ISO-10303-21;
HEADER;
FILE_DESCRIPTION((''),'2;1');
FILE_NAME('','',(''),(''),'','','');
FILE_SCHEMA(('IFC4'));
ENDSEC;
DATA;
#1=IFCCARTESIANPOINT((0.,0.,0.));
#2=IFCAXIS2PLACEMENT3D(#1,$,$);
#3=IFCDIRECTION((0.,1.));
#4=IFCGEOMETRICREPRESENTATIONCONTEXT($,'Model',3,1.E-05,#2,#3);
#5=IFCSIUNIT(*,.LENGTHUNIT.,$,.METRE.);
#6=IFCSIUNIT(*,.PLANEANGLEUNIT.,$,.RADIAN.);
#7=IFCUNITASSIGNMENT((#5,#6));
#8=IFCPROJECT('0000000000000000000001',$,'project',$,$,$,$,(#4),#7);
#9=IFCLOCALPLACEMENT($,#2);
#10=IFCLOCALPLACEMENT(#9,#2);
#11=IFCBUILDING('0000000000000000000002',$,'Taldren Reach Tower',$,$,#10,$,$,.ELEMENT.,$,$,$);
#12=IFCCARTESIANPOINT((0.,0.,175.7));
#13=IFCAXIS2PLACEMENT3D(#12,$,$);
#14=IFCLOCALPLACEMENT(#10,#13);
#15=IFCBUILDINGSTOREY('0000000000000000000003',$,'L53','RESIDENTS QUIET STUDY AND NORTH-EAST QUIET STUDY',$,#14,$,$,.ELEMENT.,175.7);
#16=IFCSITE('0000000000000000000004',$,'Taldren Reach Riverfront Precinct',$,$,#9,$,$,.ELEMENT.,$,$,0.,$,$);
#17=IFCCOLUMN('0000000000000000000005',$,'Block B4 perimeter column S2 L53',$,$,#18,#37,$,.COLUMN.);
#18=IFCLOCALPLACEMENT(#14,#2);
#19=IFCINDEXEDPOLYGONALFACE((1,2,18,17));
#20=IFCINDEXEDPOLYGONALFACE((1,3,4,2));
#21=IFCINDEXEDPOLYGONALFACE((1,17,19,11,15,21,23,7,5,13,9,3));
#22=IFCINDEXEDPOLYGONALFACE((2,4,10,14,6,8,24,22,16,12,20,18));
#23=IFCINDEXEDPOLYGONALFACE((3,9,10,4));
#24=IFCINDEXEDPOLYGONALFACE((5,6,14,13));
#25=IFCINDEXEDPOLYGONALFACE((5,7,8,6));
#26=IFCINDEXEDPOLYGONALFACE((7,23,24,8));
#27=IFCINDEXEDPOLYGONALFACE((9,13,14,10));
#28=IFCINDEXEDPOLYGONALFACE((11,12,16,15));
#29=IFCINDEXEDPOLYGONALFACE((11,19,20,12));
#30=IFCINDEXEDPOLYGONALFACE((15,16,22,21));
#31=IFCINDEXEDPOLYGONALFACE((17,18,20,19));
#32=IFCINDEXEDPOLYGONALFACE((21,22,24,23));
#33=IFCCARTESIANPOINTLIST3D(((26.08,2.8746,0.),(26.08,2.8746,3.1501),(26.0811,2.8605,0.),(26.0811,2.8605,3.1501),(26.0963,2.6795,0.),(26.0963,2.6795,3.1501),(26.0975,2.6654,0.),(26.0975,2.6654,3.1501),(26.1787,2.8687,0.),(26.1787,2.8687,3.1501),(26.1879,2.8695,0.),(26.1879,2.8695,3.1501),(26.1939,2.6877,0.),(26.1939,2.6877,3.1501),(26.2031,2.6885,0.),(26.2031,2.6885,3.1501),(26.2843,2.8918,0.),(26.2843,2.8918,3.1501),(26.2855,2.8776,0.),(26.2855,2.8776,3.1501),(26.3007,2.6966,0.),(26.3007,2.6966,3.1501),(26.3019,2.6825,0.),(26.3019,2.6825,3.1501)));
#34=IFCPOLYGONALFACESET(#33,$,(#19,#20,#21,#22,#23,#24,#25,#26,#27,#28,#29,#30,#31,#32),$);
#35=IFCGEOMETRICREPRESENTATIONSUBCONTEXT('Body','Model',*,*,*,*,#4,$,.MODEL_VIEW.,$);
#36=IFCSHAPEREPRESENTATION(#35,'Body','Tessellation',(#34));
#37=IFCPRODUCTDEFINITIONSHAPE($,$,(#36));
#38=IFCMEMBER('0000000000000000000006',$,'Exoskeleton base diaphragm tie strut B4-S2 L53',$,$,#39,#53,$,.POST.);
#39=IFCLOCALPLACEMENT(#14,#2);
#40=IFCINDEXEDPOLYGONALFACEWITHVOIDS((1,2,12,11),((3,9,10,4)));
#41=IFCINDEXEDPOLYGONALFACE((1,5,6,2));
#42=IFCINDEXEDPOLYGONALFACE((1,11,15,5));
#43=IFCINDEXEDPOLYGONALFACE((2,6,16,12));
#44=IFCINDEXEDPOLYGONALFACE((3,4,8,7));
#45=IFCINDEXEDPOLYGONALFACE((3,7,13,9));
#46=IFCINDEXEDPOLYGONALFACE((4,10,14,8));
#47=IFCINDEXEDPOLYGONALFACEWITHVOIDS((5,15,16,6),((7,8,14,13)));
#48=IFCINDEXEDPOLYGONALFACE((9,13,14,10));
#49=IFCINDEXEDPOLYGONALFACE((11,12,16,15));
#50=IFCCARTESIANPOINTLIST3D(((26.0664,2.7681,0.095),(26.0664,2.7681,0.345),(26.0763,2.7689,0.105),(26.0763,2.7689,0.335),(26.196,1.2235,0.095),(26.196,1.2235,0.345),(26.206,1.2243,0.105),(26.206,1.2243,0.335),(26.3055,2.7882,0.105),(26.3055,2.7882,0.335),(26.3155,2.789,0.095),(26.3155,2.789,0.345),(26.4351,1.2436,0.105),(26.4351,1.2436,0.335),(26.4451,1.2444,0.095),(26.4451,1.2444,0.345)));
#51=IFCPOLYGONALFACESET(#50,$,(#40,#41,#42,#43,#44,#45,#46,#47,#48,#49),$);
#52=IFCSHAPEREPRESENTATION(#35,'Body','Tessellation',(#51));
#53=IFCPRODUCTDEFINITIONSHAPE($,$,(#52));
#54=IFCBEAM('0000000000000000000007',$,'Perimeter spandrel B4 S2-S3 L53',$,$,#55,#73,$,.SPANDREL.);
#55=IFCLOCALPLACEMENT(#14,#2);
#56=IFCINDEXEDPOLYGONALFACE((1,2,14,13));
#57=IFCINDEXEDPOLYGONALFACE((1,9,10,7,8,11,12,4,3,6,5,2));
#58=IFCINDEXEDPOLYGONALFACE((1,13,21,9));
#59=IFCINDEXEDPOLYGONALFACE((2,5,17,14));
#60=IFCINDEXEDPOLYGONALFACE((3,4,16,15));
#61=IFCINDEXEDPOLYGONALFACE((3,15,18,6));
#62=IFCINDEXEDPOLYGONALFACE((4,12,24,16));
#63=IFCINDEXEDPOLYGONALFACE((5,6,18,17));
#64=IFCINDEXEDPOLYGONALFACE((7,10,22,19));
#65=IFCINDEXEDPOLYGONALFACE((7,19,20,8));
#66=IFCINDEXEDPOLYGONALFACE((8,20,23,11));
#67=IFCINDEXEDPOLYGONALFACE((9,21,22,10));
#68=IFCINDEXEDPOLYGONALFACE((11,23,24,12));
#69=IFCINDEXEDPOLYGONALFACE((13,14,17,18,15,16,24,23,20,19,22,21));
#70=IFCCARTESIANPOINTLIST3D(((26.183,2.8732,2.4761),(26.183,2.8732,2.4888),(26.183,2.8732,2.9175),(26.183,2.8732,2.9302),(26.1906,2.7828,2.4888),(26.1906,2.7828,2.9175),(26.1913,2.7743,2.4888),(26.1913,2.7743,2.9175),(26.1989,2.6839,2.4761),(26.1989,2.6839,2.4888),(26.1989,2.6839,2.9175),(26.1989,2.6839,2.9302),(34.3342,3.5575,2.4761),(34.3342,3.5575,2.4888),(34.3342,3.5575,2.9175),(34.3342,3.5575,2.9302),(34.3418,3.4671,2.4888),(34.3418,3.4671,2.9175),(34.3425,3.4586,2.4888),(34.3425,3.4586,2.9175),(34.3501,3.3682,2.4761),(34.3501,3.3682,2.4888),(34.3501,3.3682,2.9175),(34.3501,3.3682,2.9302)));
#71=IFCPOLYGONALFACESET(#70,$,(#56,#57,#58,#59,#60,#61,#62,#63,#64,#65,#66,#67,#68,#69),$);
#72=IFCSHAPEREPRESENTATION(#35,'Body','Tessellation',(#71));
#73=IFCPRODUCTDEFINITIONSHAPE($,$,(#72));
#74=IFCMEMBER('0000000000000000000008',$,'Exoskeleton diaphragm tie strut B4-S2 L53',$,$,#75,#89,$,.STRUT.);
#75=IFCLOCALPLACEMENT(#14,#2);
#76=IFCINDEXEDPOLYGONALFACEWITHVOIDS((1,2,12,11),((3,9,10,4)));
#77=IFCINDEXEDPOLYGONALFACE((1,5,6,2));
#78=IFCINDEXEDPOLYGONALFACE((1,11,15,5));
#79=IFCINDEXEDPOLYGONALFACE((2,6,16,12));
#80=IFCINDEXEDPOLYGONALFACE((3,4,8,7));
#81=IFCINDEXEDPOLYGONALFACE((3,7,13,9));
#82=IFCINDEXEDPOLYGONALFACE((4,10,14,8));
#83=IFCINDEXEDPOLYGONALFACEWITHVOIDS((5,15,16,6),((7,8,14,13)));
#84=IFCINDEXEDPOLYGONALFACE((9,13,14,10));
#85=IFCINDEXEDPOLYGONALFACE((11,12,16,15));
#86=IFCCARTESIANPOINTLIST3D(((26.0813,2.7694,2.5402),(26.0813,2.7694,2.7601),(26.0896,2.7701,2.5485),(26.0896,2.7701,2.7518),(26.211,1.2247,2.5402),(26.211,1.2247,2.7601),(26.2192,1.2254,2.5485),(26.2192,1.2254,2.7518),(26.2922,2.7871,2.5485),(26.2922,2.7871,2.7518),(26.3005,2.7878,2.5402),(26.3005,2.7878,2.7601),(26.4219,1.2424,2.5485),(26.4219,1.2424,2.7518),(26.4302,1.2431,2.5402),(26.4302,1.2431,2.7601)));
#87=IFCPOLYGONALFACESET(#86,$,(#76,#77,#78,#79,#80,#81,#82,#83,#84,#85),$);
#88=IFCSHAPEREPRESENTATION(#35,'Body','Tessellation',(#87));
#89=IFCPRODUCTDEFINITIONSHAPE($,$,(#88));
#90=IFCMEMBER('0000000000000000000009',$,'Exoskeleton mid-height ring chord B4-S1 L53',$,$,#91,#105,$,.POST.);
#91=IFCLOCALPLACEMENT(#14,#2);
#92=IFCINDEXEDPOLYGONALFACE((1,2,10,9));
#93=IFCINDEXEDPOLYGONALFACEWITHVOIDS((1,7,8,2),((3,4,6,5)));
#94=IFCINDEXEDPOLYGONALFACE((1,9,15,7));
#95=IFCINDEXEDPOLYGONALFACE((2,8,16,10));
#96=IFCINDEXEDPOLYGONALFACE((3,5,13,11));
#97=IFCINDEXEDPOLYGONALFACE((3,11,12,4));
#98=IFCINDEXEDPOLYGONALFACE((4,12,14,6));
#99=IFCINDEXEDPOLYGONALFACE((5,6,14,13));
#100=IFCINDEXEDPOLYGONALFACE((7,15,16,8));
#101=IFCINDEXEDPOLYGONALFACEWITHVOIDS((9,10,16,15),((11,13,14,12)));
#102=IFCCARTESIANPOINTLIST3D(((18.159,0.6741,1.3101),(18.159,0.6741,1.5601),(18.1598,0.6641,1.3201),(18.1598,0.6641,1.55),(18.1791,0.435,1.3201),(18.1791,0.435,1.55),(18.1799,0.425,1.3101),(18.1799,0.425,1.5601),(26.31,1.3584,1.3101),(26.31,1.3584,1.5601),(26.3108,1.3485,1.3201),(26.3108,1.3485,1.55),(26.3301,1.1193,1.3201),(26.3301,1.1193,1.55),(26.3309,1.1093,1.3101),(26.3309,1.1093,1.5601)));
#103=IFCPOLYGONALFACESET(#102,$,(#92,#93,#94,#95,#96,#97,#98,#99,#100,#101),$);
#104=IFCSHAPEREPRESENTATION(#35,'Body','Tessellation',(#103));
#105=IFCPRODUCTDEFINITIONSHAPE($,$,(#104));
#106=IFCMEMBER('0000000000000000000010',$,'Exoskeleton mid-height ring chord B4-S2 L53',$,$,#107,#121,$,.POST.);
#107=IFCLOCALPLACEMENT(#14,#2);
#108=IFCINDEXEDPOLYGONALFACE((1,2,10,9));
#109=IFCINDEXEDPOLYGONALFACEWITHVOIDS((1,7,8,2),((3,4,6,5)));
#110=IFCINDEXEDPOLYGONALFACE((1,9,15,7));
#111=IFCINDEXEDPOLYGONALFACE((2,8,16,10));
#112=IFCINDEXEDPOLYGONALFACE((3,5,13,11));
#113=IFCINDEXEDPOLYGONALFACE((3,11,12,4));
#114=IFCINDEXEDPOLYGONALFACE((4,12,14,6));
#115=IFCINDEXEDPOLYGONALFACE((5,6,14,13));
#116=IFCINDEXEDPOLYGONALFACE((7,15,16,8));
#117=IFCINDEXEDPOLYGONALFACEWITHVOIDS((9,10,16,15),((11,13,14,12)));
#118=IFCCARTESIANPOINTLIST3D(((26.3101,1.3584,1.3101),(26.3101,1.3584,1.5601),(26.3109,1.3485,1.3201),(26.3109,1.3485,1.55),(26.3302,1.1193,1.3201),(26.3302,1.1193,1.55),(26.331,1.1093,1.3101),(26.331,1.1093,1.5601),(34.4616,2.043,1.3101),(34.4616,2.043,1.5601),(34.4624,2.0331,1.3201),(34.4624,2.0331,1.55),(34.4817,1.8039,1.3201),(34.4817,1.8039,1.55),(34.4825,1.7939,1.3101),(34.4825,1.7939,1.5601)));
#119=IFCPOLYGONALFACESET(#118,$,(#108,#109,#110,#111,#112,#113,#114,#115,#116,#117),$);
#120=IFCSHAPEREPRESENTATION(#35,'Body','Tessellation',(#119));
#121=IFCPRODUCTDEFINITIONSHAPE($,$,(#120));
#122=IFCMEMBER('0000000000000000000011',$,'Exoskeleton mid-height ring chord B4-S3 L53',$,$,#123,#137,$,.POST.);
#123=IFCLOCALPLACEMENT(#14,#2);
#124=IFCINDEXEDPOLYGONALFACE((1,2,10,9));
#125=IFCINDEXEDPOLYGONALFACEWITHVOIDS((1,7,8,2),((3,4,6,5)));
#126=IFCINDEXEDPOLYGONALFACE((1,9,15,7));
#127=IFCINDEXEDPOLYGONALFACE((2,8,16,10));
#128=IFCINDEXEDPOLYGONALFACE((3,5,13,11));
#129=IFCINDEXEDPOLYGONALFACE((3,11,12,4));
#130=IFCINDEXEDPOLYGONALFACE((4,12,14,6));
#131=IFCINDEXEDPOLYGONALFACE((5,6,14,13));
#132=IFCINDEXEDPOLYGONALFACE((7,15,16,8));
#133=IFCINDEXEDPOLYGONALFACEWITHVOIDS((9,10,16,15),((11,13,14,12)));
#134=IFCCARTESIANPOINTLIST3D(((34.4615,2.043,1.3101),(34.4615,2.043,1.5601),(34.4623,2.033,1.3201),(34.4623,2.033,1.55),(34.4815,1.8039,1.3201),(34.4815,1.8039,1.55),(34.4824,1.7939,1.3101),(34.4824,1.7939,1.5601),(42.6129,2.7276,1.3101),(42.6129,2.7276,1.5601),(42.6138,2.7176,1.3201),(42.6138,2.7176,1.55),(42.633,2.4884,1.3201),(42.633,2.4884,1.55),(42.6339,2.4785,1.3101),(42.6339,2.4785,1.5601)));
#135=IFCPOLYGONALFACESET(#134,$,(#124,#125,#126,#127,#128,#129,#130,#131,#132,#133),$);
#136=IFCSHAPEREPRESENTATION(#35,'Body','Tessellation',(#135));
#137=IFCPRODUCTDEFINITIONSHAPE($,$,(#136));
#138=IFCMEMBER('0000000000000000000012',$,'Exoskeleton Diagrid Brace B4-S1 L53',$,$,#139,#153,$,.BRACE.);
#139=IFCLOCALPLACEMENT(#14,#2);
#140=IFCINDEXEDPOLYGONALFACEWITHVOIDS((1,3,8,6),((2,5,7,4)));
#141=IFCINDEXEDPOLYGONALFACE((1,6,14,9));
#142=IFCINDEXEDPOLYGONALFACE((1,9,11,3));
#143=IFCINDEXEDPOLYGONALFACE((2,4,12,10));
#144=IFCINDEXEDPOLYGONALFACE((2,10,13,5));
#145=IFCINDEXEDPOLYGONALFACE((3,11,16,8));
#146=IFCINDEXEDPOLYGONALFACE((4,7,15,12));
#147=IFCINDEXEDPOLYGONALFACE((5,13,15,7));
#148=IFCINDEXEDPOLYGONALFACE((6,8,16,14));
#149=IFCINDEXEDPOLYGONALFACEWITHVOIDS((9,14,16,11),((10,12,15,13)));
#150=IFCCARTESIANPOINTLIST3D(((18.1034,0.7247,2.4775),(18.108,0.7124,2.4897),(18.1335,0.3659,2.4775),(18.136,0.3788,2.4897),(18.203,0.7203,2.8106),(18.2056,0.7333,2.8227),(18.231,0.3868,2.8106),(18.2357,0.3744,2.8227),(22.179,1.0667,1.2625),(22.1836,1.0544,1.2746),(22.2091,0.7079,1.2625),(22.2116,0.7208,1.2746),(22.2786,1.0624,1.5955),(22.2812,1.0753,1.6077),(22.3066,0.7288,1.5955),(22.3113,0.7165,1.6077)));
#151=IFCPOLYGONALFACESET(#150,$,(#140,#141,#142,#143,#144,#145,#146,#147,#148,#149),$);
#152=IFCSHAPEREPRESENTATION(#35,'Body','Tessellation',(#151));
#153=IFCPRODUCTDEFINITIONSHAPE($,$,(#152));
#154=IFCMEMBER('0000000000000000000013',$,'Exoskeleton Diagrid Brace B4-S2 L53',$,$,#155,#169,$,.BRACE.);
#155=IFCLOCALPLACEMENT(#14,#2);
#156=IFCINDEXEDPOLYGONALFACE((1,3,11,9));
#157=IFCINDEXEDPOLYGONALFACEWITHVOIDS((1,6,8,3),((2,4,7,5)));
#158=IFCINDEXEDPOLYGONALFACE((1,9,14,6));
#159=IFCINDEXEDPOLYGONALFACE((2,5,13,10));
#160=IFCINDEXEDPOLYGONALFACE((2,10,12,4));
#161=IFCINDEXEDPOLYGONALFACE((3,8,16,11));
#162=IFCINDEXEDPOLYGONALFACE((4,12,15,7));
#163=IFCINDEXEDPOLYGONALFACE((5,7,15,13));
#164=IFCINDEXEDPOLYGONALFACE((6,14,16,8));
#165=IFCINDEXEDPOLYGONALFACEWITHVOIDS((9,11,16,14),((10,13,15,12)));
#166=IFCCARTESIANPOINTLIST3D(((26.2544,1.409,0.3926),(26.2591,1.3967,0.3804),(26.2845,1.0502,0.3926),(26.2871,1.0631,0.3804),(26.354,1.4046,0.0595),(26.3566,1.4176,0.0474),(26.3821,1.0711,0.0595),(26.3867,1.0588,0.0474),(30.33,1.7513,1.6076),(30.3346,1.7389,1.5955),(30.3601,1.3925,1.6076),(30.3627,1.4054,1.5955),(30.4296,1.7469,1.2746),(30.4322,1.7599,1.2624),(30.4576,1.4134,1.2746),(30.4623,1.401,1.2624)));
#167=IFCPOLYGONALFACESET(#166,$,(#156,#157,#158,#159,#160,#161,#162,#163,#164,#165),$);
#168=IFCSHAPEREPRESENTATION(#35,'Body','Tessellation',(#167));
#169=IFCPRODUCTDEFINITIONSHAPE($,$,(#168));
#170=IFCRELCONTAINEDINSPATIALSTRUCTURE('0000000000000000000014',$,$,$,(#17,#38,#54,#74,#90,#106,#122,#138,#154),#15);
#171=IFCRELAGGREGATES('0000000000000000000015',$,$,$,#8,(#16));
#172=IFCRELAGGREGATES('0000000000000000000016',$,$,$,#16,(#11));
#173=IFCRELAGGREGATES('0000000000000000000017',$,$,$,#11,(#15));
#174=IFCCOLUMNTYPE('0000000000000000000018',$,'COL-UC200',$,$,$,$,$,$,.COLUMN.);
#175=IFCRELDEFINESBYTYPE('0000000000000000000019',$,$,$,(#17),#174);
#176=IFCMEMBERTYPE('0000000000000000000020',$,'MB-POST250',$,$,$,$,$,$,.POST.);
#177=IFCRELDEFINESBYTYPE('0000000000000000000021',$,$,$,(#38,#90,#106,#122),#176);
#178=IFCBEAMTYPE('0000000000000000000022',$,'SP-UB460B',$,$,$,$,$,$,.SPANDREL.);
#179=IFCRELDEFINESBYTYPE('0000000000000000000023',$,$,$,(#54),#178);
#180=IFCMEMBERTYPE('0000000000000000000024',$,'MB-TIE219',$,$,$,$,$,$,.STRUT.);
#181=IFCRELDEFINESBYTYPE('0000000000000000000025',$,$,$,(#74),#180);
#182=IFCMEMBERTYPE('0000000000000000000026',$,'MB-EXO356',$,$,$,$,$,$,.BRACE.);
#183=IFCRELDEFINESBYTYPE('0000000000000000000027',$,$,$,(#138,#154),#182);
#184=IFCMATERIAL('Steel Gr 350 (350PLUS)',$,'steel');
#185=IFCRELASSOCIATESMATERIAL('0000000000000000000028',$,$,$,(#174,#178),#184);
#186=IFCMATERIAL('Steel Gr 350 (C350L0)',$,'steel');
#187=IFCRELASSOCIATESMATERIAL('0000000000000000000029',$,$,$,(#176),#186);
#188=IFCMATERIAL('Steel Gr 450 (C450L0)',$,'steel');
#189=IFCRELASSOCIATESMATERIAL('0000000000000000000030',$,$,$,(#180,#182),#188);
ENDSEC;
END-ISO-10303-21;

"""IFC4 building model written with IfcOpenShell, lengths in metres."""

from ifc_helpers import new_model, si_unit, direction, frame, origin, origin_2d, place, context, subcontext, project, spatial, hollow_rectangle, i_section, extrude, source, transform, mapped, material, material_profile, profile_set, type_object, element, save


model = new_model("IFC4")

# Units and contexts
model_context = context("Model", 3, precision=1e-05, world=origin(), true_north=direction((0.0, 1.0)))
body_context = subcontext(model_context, "Body", "Model", "MODEL_VIEW")
ifc_project = project(units=[si_unit("LENGTHUNIT", "METRE"), si_unit("PLANEANGLEUNIT", "RADIAN")], contexts=[model_context])

# Site, building, storey
site_placement = place(None, origin())
site = spatial("IfcSite", under=ifc_project, at=site_placement, Name="Taldren Reach Riverfront Precinct", CompositionType="ELEMENT", RefElevation=0.0)
building_placement = place(site_placement, origin())
building = spatial("IfcBuilding", under=site, at=building_placement, Name="Taldren Reach Tower", CompositionType="ELEMENT")
storey_placement = place(building_placement, frame((0.0, 0.0, 175.7)))
storey = spatial("IfcBuildingStorey", under=building, at=storey_placement, Name="L53", Description="RESIDENTS QUIET STUDY AND NORTH-EAST QUIET STUDY", CompositionType="ELEMENT", Elevation=175.7)

# Column
ifc_material_1 = material(Name="Steel Gr 350 (350PLUS)", Category="steel")
ifc_material_profile_1 = material_profile(ifc_material_1, i_section(OverallWidth=0.2051, OverallDepth=0.21, WebThickness=0.0093, FlangeThickness=0.0142, at=origin_2d()), Name="200UC59.5")
ifc_profile_set_1 = profile_set([ifc_material_profile_1], Name="Steel Gr 350 (350PLUS)")
column_type = type_object("IfcColumnType", Name="COL-UC200", PredefinedType="COLUMN", material=ifc_profile_set_1)
shared_shape_1 = source(origin(), body_context, "Body", "SweptSolid", [
    extrude(i_section(OverallWidth=0.2051, OverallDepth=0.21, WebThickness=0.0093, FlangeThickness=0.0142, at=origin_2d()), origin(), (0.0, 0.0, 1.0), 3.1501),
])
column_placement = place(storey_placement, frame((26.1909, 2.7786, 0.0), z_axis=(0.0, 0.0, 1.0), x_axis=(0.996493, 0.083678, 0.0)))
element("IfcColumn", 1, at=column_placement, inside=storey, type_object=column_type, Name="Block B4 perimeter column S2 L53", PredefinedType="COLUMN", context=body_context, shape_type="MappedRepresentation", body=[
    mapped(shared_shape_1, transform((0.0, 0.0, 0.0), scale=1.0)),
])

# Member
ifc_material_2 = material(Name="Steel Gr 350 (C350L0)", Category="steel")
ifc_material_profile_2 = material_profile(ifc_material_2, hollow_rectangle(XDim=0.25, YDim=0.25, WallThickness=0.01, at=origin_2d()), Name="250x250x10.0SHS")
ifc_profile_set_2 = profile_set([ifc_material_profile_2], Name="Steel Gr 350 (C350L0)")
member_type_1 = type_object("IfcMemberType", Name="MB-POST250", PredefinedType="POST", material=ifc_profile_set_2)
shared_shape_2 = source(origin(), body_context, "Body", "SweptSolid", [
    extrude(hollow_rectangle(XDim=0.25, YDim=0.25, WallThickness=0.01, at=origin_2d()), origin(), (0.0, 0.0, 1.0), 1.55),
])
member_1_placement = place(storey_placement, frame((26.1909, 2.7786, 0.22), z_axis=(0.083632, -0.996497, 0.0), x_axis=(0.996497, 0.083632, 0.0)))
element("IfcMember", 2, at=member_1_placement, inside=storey, type_object=member_type_1, Name="Exoskeleton base diaphragm tie strut B4-S2 L53", PredefinedType="POST", context=body_context, shape_type="MappedRepresentation", body=[
    mapped(shared_shape_2, transform((0.0, 0.0, 0.0), scale=1.0)),
])

# Beam
ifc_material_profile_3 = material_profile(ifc_material_1, i_section(OverallWidth=0.1899, OverallDepth=0.4541, WebThickness=0.0085, FlangeThickness=0.0127, at=origin_2d()), Name="460UB67.1")
ifc_profile_set_3 = profile_set([ifc_material_profile_3], Name="Steel Gr 350 (350PLUS)")
beam_type = type_object("IfcBeamType", Name="SP-UB460B", PredefinedType="SPANDREL", material=ifc_profile_set_3)
shared_shape_3 = source(origin(), body_context, "Body", "SweptSolid", [
    extrude(i_section(OverallWidth=0.1899, OverallDepth=0.4541, WebThickness=0.0085, FlangeThickness=0.0127, at=origin_2d()), origin(), (0.0, 0.0, 1.0), 8.1799),
])
beam_placement = place(storey_placement, frame((26.1909, 2.7786, 2.7031), z_axis=(0.996495, 0.083658, 0.0), x_axis=(-0.083658, 0.996495, 0.0)))
element("IfcBeam", 3, at=beam_placement, inside=storey, type_object=beam_type, Name="Perimeter spandrel B4 S2-S3 L53", PredefinedType="SPANDREL", context=body_context, shape_type="MappedRepresentation", body=[
    mapped(shared_shape_3, transform((0.0, 0.0, 0.0), scale=1.0)),
])

# Members
ifc_material_3 = material(Name="Steel Gr 450 (C450L0)", Category="steel")
ifc_material_profile_4 = material_profile(ifc_material_3, hollow_rectangle(XDim=0.22, YDim=0.22, WallThickness=0.0083, at=origin_2d()), Name="220x220x8.2SHS")
ifc_profile_set_4 = profile_set([ifc_material_profile_4], Name="Steel Gr 450 (C450L0)")
member_type_2 = type_object("IfcMemberType", Name="MB-TIE219", PredefinedType="STRUT", material=ifc_profile_set_4)
shared_shape_4 = source(origin(), body_context, "Body", "SweptSolid", [
    extrude(hollow_rectangle(XDim=0.22, YDim=0.22, WallThickness=0.0083, at=origin_2d()), origin(), (0.0, 0.0, 1.0), 1.55),
])
member_2_placement = place(storey_placement, frame((26.1909, 2.7786, 2.6501), z_axis=(0.083632, -0.996497, 0.0), x_axis=(0.996497, 0.083632, 0.0)))
element("IfcMember", 4, at=member_2_placement, inside=storey, type_object=member_type_2, Name="Exoskeleton diaphragm tie strut B4-S2 L53", PredefinedType="STRUT", context=body_context, shape_type="MappedRepresentation", body=[
    mapped(shared_shape_4, transform((0.0, 0.0, 0.0), scale=1.0)),
])
shared_shape_5 = source(origin(), body_context, "Body", "SweptSolid", [
    extrude(hollow_rectangle(XDim=0.25, YDim=0.25, WallThickness=0.01, at=origin_2d()), origin(), (0.0, 0.0, 1.0), 8.1797),
])
member_3_placement = place(storey_placement, frame((18.1694, 0.5496, 1.4351), z_axis=(0.996494, 0.083661, 0.0), x_axis=(-0.083661, 0.996494, 0.0)))
element("IfcMember", 5, at=member_3_placement, inside=storey, type_object=member_type_1, Name="Exoskeleton mid-height ring chord B4-S1 L53", PredefinedType="POST", context=body_context, shape_type="MappedRepresentation", body=[
    mapped(shared_shape_5, transform((0.0, 0.0, 0.0), scale=1.0)),
])
shared_shape_6 = source(origin(), body_context, "Body", "SweptSolid", [
    extrude(hollow_rectangle(XDim=0.25, YDim=0.25, WallThickness=0.01, at=origin_2d()), origin(), (0.0, 0.0, 1.0), 8.1802),
])
for number, where, z_axis, x_axis, name in (
    (6, (26.3206, 1.2339, 1.4351), (0.996492, 0.083688, 0.0), (-0.083688, 0.996492, 0.0), "Exoskeleton mid-height ring chord B4-S2 L53"),
    (7, (34.4719, 1.9185, 1.4351), (0.996492, 0.083688, 0.0), (-0.083688, 0.996492, 0.0), "Exoskeleton mid-height ring chord B4-S3 L53"),
):
    element("IfcMember", number, at=place(storey_placement, frame(where, z_axis=z_axis, x_axis=x_axis)), inside=storey, type_object=member_type_1, Name=name, PredefinedType="POST", context=body_context, shape_type="MappedRepresentation", body=[
        mapped(shared_shape_6, transform((0.0, 0.0, 0.0), scale=1.0)),
    ])
ifc_material_profile_5 = material_profile(ifc_material_3, hollow_rectangle(XDim=0.3601, YDim=0.3601, WallThickness=0.0127, at=origin_2d()), Name="360x360x12.7SHS")
ifc_profile_set_5 = profile_set([ifc_material_profile_5], Name="Steel Gr 450 (C450L0)")
member_type_3 = type_object("IfcMemberType", Name="MB-EXO356", PredefinedType="BRACE", material=ifc_profile_set_5)
shared_shape_7 = source(origin(), body_context, "Body", "SweptSolid", [
    extrude(hollow_rectangle(XDim=0.3601, YDim=0.3601, WallThickness=0.0127, at=origin_2d()), origin(), (0.0, 0.0, 1.0), 4.2666),
])
for number, where, z_axis, x_axis, name in (
    (8, (22.2451, 0.8916, 1.4351), (-0.955234, -0.080165, 0.284785), (0.083628, -0.996497, 0.0), "Exoskeleton Diagrid Brace B4-S1 L53"),
    (9, (26.3206, 1.2339, 0.22), (0.955229, 0.080222, 0.284783), (-0.083688, 0.996492, 0.0), "Exoskeleton Diagrid Brace B4-S2 L53"),
):
    element("IfcMember", number, at=place(storey_placement, frame(where, z_axis=z_axis, x_axis=x_axis)), inside=storey, type_object=member_type_3, Name=name, PredefinedType="BRACE", context=body_context, shape_type="MappedRepresentation", body=[
        mapped(shared_shape_7, transform((0.0, 0.0, 0.0), scale=1.0)),
    ])

save(model, "model.ifc")
